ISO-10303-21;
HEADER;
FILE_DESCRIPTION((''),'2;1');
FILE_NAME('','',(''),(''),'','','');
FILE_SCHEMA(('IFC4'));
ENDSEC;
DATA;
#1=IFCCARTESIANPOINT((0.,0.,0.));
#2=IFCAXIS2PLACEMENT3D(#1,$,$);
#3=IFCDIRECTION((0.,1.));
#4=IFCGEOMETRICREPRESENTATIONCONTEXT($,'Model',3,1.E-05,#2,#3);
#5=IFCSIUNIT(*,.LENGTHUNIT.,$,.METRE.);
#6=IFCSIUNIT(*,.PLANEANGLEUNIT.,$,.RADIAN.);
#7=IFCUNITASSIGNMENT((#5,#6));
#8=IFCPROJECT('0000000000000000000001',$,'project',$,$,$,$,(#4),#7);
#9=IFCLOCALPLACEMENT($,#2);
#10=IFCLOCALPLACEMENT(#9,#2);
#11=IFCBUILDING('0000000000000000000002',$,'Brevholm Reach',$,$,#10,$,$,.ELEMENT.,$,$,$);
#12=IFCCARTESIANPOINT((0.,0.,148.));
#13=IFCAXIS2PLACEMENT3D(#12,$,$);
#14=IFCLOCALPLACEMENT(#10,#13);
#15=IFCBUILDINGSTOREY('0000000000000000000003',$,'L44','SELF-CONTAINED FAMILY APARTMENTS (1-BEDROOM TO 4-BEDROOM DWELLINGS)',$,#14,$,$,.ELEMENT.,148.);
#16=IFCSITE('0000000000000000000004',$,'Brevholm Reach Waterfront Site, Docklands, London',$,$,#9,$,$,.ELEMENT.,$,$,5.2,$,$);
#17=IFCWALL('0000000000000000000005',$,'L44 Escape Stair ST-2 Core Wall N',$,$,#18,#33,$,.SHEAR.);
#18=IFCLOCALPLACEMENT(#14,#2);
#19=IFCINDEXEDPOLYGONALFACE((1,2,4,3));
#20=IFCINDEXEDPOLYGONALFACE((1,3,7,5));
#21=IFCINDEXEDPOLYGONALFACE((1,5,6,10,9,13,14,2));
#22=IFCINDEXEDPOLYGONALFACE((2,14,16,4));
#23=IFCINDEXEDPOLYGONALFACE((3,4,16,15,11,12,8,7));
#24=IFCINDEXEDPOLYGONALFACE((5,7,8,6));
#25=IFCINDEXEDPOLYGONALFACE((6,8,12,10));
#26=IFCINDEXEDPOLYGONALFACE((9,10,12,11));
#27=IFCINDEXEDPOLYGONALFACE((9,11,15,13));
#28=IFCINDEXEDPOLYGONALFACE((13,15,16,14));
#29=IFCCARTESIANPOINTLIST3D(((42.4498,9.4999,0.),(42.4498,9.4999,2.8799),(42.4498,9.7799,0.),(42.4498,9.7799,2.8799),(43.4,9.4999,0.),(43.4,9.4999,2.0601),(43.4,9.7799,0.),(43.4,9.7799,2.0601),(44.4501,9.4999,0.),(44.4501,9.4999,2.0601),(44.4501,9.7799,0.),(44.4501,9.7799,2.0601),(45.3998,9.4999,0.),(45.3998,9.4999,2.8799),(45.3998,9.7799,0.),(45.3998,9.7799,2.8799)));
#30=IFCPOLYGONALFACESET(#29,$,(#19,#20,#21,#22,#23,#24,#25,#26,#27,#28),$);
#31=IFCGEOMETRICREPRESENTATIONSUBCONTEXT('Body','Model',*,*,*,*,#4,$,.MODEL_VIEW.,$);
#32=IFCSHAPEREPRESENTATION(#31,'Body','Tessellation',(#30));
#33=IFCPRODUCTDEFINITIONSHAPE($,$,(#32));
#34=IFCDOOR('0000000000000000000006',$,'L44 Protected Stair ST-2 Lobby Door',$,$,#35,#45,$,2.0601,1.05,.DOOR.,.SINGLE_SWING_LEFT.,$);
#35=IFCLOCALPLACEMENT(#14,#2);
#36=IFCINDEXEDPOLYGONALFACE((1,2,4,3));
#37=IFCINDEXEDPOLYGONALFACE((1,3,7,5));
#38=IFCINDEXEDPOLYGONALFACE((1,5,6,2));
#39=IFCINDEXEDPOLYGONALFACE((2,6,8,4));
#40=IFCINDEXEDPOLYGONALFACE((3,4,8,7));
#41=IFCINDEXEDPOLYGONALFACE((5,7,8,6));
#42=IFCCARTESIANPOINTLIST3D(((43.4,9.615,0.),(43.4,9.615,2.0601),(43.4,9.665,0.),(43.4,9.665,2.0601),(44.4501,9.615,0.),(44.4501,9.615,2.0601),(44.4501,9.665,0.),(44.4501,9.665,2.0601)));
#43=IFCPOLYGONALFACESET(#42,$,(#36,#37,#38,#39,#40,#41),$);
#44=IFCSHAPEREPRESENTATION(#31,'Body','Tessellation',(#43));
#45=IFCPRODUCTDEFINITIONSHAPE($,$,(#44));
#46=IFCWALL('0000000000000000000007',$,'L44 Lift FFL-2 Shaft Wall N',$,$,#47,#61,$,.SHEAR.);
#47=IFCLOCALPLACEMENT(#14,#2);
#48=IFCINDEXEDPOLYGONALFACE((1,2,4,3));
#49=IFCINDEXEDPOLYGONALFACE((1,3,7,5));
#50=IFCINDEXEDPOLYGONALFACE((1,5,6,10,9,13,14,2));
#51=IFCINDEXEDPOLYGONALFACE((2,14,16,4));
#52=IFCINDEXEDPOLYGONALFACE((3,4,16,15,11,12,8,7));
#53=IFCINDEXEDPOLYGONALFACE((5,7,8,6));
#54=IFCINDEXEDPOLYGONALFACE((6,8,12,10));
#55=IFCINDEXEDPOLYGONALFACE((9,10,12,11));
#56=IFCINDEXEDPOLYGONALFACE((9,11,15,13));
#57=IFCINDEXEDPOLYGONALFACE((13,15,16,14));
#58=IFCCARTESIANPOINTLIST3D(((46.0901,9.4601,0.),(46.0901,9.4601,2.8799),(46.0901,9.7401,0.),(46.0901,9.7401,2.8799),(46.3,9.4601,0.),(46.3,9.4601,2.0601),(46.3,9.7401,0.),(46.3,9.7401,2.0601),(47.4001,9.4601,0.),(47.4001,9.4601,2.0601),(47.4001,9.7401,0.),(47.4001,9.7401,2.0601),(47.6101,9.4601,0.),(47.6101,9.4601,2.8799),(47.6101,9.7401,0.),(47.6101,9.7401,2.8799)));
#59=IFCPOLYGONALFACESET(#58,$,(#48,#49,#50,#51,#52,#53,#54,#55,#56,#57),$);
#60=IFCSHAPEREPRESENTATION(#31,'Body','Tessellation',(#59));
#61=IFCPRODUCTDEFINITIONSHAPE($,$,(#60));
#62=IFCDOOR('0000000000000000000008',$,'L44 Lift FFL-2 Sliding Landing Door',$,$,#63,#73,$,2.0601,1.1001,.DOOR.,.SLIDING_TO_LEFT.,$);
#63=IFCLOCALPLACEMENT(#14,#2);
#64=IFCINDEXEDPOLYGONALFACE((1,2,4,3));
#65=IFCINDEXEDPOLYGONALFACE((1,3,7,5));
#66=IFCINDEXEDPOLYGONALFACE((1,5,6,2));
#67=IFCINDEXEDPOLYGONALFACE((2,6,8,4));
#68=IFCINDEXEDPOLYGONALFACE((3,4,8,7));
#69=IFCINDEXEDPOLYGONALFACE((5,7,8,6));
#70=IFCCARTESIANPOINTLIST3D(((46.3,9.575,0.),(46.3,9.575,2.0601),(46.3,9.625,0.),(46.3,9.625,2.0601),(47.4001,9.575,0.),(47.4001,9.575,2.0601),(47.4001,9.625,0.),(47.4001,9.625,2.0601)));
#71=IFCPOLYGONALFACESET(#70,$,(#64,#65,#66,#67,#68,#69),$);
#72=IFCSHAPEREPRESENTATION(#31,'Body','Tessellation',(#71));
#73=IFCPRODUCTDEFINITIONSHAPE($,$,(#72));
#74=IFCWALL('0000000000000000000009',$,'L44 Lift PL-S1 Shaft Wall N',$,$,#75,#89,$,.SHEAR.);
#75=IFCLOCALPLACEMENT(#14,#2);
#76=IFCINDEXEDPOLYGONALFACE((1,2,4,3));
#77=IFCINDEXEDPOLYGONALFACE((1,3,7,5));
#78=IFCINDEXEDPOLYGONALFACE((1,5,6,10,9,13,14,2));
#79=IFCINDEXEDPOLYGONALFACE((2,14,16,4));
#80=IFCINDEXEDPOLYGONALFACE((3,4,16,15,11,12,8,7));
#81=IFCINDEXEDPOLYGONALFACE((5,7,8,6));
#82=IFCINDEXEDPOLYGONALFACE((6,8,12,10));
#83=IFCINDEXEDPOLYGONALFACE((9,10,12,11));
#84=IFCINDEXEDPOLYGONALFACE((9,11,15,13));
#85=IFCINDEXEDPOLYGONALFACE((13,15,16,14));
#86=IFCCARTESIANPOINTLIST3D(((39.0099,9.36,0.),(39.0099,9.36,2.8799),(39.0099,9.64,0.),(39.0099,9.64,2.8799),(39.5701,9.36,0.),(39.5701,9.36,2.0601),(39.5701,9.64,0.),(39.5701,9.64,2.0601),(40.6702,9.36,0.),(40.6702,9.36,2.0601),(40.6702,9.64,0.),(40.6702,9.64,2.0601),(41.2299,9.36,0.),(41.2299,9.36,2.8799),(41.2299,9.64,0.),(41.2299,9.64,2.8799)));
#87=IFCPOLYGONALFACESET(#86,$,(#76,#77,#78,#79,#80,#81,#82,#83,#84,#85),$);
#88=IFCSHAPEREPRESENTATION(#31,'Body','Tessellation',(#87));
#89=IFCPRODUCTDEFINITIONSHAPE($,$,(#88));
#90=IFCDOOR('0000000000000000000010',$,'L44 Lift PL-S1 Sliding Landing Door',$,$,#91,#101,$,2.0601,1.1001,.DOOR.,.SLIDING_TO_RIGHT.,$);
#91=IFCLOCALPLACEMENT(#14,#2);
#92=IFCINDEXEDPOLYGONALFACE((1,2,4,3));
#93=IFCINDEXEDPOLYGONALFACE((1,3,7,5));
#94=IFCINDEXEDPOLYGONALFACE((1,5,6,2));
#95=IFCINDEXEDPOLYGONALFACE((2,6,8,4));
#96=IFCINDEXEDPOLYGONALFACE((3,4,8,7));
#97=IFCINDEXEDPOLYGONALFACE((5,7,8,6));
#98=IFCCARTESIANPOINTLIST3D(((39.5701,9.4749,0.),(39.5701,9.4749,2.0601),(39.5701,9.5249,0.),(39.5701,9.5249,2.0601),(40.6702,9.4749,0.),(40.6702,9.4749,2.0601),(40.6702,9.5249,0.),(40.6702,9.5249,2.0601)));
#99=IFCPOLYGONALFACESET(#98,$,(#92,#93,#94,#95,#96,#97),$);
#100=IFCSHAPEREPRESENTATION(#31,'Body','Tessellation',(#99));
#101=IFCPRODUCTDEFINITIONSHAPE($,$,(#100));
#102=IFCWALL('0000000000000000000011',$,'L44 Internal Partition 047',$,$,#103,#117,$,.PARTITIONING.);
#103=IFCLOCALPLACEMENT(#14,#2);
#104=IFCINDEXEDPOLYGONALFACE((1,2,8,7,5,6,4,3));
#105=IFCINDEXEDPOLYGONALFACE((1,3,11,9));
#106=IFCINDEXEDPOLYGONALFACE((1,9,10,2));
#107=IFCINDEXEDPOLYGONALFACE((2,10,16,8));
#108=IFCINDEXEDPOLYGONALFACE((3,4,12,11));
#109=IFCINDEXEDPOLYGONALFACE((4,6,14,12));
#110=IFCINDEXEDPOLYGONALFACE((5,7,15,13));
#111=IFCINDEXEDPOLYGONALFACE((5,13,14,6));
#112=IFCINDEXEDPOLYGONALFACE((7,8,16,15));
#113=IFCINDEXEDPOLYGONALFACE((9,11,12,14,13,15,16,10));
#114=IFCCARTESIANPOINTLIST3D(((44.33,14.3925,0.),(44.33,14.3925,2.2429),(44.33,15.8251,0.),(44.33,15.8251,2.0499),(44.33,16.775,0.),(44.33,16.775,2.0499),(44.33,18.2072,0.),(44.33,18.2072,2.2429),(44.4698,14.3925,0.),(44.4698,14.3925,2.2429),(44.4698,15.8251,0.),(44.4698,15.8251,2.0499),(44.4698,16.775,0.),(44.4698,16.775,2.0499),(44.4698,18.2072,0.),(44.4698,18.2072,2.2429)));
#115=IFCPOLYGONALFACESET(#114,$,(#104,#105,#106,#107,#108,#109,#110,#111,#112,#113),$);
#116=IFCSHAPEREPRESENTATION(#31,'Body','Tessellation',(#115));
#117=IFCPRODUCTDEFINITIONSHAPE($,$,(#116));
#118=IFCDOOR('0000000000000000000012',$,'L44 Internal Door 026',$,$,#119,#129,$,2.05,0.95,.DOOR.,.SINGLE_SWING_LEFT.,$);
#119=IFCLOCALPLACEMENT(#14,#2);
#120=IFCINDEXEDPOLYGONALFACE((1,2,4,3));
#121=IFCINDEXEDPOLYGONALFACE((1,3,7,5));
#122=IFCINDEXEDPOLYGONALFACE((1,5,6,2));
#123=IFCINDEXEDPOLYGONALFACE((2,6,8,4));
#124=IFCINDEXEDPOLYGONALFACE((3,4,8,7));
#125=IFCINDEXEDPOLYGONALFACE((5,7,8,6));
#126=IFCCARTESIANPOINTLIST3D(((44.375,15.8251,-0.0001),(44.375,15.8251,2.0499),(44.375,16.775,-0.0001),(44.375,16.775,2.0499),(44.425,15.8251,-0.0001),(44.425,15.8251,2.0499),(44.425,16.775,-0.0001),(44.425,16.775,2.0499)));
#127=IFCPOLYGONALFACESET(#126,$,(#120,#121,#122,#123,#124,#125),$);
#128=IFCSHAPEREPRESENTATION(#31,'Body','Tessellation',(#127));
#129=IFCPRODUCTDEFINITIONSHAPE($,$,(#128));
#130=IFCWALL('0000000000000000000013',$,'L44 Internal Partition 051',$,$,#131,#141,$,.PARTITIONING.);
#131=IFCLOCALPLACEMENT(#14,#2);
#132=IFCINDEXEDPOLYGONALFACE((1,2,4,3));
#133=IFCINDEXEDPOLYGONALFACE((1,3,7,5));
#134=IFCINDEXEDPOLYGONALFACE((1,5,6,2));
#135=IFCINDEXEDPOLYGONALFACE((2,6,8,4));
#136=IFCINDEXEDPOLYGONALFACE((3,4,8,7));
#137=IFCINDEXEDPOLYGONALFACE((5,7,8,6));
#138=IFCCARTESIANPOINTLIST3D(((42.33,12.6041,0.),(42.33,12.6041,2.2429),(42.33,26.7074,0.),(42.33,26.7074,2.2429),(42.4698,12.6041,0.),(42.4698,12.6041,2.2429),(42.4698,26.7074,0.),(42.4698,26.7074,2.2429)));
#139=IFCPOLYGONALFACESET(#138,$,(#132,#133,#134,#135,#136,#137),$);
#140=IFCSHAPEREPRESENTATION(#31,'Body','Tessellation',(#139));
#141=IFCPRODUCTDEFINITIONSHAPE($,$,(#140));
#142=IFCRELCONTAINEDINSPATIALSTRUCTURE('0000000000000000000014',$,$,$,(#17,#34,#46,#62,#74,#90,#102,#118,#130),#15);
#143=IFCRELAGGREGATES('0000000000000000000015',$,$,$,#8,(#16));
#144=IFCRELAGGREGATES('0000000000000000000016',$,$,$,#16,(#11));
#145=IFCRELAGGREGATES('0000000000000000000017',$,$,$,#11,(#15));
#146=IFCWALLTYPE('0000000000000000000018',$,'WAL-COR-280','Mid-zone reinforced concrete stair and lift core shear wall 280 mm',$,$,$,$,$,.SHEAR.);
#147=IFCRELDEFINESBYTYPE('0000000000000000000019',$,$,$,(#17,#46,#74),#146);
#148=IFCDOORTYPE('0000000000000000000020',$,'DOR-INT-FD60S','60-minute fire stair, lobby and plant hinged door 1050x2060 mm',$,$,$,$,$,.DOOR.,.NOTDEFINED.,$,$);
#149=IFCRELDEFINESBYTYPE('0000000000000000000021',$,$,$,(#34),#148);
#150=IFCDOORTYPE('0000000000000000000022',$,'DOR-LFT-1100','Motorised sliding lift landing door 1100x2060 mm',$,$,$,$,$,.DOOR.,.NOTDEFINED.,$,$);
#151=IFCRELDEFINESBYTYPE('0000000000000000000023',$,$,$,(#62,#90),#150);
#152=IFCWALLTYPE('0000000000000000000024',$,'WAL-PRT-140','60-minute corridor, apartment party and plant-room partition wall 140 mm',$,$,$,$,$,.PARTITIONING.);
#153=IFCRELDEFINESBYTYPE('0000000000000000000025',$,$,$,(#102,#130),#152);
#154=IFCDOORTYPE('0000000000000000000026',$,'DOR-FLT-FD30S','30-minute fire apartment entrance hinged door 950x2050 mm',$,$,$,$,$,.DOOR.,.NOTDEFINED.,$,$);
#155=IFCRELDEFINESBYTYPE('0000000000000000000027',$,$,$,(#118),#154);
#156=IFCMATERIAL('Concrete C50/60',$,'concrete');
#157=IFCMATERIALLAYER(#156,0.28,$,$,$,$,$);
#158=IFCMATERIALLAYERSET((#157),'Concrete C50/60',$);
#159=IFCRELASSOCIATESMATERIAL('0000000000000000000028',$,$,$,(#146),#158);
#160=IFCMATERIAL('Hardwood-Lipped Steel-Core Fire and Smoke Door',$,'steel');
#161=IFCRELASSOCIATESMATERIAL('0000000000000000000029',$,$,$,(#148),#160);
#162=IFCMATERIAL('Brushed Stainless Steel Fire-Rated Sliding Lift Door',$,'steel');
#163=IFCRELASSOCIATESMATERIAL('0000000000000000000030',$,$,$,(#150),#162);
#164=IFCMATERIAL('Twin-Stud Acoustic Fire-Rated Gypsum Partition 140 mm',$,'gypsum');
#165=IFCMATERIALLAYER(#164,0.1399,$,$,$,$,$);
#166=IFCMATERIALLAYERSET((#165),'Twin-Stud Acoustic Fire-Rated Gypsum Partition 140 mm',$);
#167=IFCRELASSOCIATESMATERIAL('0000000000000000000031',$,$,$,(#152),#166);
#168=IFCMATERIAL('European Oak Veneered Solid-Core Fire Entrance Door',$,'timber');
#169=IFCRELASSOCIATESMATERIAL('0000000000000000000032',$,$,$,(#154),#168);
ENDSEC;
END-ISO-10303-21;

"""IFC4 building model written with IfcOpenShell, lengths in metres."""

from ifc_helpers import new_model, si_unit, direction, frame, frame_2d, origin, place, context, subcontext, project, spatial, rectangle, extrude, material, layer, layer_set, type_object, element, fill, save


model = new_model("IFC4")

# Units and contexts
model_context = context("Model", 3, precision=1e-05, world=origin(), true_north=direction((0.0, 1.0)))
body_context = subcontext(model_context, "Body", "Model", "MODEL_VIEW")
ifc_project = project(units=[si_unit("LENGTHUNIT", "METRE"), si_unit("PLANEANGLEUNIT", "RADIAN")], contexts=[model_context])

# Site, building, storey
site_placement = place(None, origin())
site = spatial("IfcSite", under=ifc_project, at=site_placement, Name="Brevholm Reach Waterfront Site, Docklands, London", CompositionType="ELEMENT", RefElevation=5.2)
building_placement = place(site_placement, origin())
building = spatial("IfcBuilding", under=site, at=building_placement, Name="Brevholm Reach", CompositionType="ELEMENT")
storey_placement = place(building_placement, frame((0.0, 0.0, 148.0)))
storey = spatial("IfcBuildingStorey", under=building, at=storey_placement, Name="L44", Description="SELF-CONTAINED FAMILY APARTMENTS (1-BEDROOM TO 4-BEDROOM DWELLINGS)", CompositionType="ELEMENT", Elevation=148.0)

# Walls, openings, doors
ifc_material_1 = material(Name="Concrete C50/60", Category="concrete")
ifc_layer_1 = layer(ifc_material_1, 0.28)
ifc_layer_set_1 = layer_set([ifc_layer_1], Name="Concrete C50/60")
wall_type_1 = type_object("IfcWallType", Name="WAL-COR-280", Description="Mid-zone reinforced concrete stair and lift core shear wall 280 mm", PredefinedType="SHEAR", material=ifc_layer_set_1)
wall_1_placement = place(storey_placement, frame((45.3999, 9.6399, 0.0), z_axis=(0.0, 0.0, 1.0), x_axis=(-1.0, 0.0, 0.0)))
wall_1 = element("IfcWall", 1, at=wall_1_placement, inside=storey, type_object=wall_type_1, Name="L44 Escape Stair ST-2 Core Wall N", PredefinedType="SHEAR", context=body_context, shape_type="SweptSolid", body=[
    extrude(rectangle(XDim=2.95, YDim=0.28, at=frame_2d((1.4751, 0.0))), origin(), (0.0, 0.0, 1.0), 2.8799),
])
opening_1_placement = place(wall_1_placement, frame((0.95, 0.0, 0.0)))
opening_1 = element("IfcOpeningElement", 2, at=opening_1_placement, cuts=wall_1, PredefinedType="OPENING", context=body_context, shape_type="SweptSolid", body=[
    extrude(rectangle(XDim=1.05, YDim=2.0601, at=frame_2d((0.5249, 1.03))), frame((0.0, 0.1499, 0.0), z_axis=(0.0, -1.0, 0.0), x_axis=(1.0, 0.0, 0.0)), (0.0, 0.0, 1.0), 0.3),
])
ifc_material_2 = material(Name="Hardwood-Lipped Steel-Core Fire and Smoke Door", Category="steel")
door_type_1 = type_object("IfcDoorType", Name="DOR-INT-FD60S", Description="60-minute fire stair, lobby and plant hinged door 1050x2060 mm", OperationType="NOTDEFINED", PredefinedType="DOOR", material=ifc_material_2)
door_1_placement = place(opening_1_placement, origin())
door_1 = element("IfcDoor", 3, at=door_1_placement, inside=storey, type_object=door_type_1, Name="L44 Protected Stair ST-2 Lobby Door", OperationType="SINGLE_SWING_LEFT", OverallHeight=2.0601, OverallWidth=1.05, PredefinedType="DOOR", context=body_context, shape_type="SweptSolid", body=[
    extrude(rectangle(XDim=1.05, YDim=2.0601, at=frame_2d((0.5249, 1.03))), frame((0.0, 0.0249, 0.0), z_axis=(0.0, -1.0, 0.0), x_axis=(1.0, 0.0, 0.0)), (0.0, 0.0, 1.0), 0.05),
])
fill(opening_1, door_1)
wall_2_placement = place(storey_placement, frame((46.0901, 9.6001, 0.0), z_axis=(0.0, 0.0, 1.0), x_axis=(1.0, 0.0, 0.0)))
wall_2 = element("IfcWall", 4, at=wall_2_placement, inside=storey, type_object=wall_type_1, Name="L44 Lift FFL-2 Shaft Wall N", PredefinedType="SHEAR", context=body_context, shape_type="SweptSolid", body=[
    extrude(rectangle(XDim=1.52, YDim=0.28, at=frame_2d((0.76, 0.0))), origin(), (0.0, 0.0, 1.0), 2.8799),
])
opening_2_placement = place(wall_2_placement, frame((0.21, 0.0, 0.0)))
opening_2 = element("IfcOpeningElement", 5, at=opening_2_placement, cuts=wall_2, PredefinedType="OPENING", context=body_context, shape_type="SweptSolid", body=[
    extrude(rectangle(XDim=1.1001, YDim=2.0601, at=frame_2d((0.55, 1.03))), frame((0.0, 0.1499, 0.0), z_axis=(0.0, -1.0, 0.0), x_axis=(1.0, 0.0, 0.0)), (0.0, 0.0, 1.0), 0.3),
])
ifc_material_3 = material(Name="Brushed Stainless Steel Fire-Rated Sliding Lift Door", Category="steel")
door_type_2 = type_object("IfcDoorType", Name="DOR-LFT-1100", Description="Motorised sliding lift landing door 1100x2060 mm", OperationType="NOTDEFINED", PredefinedType="DOOR", material=ifc_material_3)
door_2_placement = place(opening_2_placement, origin())
door_2 = element("IfcDoor", 6, at=door_2_placement, inside=storey, type_object=door_type_2, Name="L44 Lift FFL-2 Sliding Landing Door", OperationType="SLIDING_TO_LEFT", OverallHeight=2.0601, OverallWidth=1.1001, PredefinedType="DOOR", context=body_context, shape_type="SweptSolid", body=[
    extrude(rectangle(XDim=1.1001, YDim=2.0601, at=frame_2d((0.55, 1.03))), frame((0.0, 0.0249, 0.0), z_axis=(0.0, -1.0, 0.0), x_axis=(1.0, 0.0, 0.0)), (0.0, 0.0, 1.0), 0.05),
])
fill(opening_2, door_2)
wall_3_placement = place(storey_placement, frame((39.01, 9.5, 0.0), z_axis=(0.0, 0.0, 1.0), x_axis=(1.0, 0.0, 0.0)))
wall_3 = element("IfcWall", 7, at=wall_3_placement, inside=storey, type_object=wall_type_1, Name="L44 Lift PL-S1 Shaft Wall N", PredefinedType="SHEAR", context=body_context, shape_type="SweptSolid", body=[
    extrude(rectangle(XDim=2.22, YDim=0.28, at=frame_2d((1.1099, 0.0))), origin(), (0.0, 0.0, 1.0), 2.8799),
])
opening_3_placement = place(wall_3_placement, frame((0.5601, 0.0, 0.0)))
opening_3 = element("IfcOpeningElement", 8, at=opening_3_placement, cuts=wall_3, PredefinedType="OPENING", context=body_context, shape_type="SweptSolid", body=[
    extrude(rectangle(XDim=1.1001, YDim=2.0601, at=frame_2d((0.55, 1.03))), frame((0.0, 0.1499, 0.0), z_axis=(0.0, -1.0, 0.0), x_axis=(1.0, 0.0, 0.0)), (0.0, 0.0, 1.0), 0.3),
])
door_3_placement = place(opening_3_placement, origin())
door_3 = element("IfcDoor", 9, at=door_3_placement, inside=storey, type_object=door_type_2, Name="L44 Lift PL-S1 Sliding Landing Door", OperationType="SLIDING_TO_RIGHT", OverallHeight=2.0601, OverallWidth=1.1001, PredefinedType="DOOR", context=body_context, shape_type="SweptSolid", body=[
    extrude(rectangle(XDim=1.1001, YDim=2.0601, at=frame_2d((0.55, 1.03))), frame((0.0, 0.0249, 0.0), z_axis=(0.0, -1.0, 0.0), x_axis=(1.0, 0.0, 0.0)), (0.0, 0.0, 1.0), 0.05),
])
fill(opening_3, door_3)
ifc_material_4 = material(Name="Twin-Stud Acoustic Fire-Rated Gypsum Partition 140 mm", Category="gypsum")
ifc_layer_2 = layer(ifc_material_4, 0.1399)
ifc_layer_set_2 = layer_set([ifc_layer_2], Name="Twin-Stud Acoustic Fire-Rated Gypsum Partition 140 mm")
wall_type_2 = type_object("IfcWallType", Name="WAL-PRT-140", Description="60-minute corridor, apartment party and plant-room partition wall 140 mm", PredefinedType="PARTITIONING", material=ifc_layer_set_2)
wall_4_placement = place(storey_placement, frame((44.3999, 14.3926, 0.0), z_axis=(0.0, 0.0, 1.0), x_axis=(0.0, 1.0, 0.0)))
wall_4 = element("IfcWall", 10, at=wall_4_placement, inside=storey, type_object=wall_type_2, Name="L44 Internal Partition 047", PredefinedType="PARTITIONING", context=body_context, shape_type="SweptSolid", body=[
    extrude(rectangle(XDim=3.8147, YDim=0.1399, at=frame_2d((1.9072, 0.0))), origin(), (0.0, 0.0, 1.0), 2.2429),
])
opening_4_placement = place(wall_4_placement, frame((1.4324, 0.0, 0.0)))
opening_4 = element("IfcOpeningElement", 11, at=opening_4_placement, cuts=wall_4, PredefinedType="OPENING", context=body_context, shape_type="SweptSolid", body=[
    extrude(rectangle(XDim=0.95, YDim=2.05, at=frame_2d((0.4751, 1.0249))), frame((0.0, 0.0798, 0.0), z_axis=(0.0, -1.0, 0.0), x_axis=(1.0, 0.0, 0.0)), (0.0, 0.0, 1.0), 0.1599),
])
ifc_material_5 = material(Name="European Oak Veneered Solid-Core Fire Entrance Door", Category="timber")
door_type_3 = type_object("IfcDoorType", Name="DOR-FLT-FD30S", Description="30-minute fire apartment entrance hinged door 950x2050 mm", OperationType="NOTDEFINED", PredefinedType="DOOR", material=ifc_material_5)
door_4_placement = place(opening_4_placement, origin())
door_4 = element("IfcDoor", 12, at=door_4_placement, inside=storey, type_object=door_type_3, Name="L44 Internal Door 026", OperationType="SINGLE_SWING_LEFT", OverallHeight=2.05, OverallWidth=0.95, PredefinedType="DOOR", context=body_context, shape_type="SweptSolid", body=[
    extrude(rectangle(XDim=0.95, YDim=2.05, at=frame_2d((0.4751, 1.0249))), frame((0.0, 0.0249, 0.0), z_axis=(0.0, -1.0, 0.0), x_axis=(1.0, 0.0, 0.0)), (0.0, 0.0, 1.0), 0.05),
])
fill(opening_4, door_4)

# Wall
wall_5_placement = place(storey_placement, frame((42.3999, 12.604, 0.0), z_axis=(0.0, 0.0, 1.0), x_axis=(0.0, 1.0, 0.0)))
element("IfcWall", 13, at=wall_5_placement, inside=storey, type_object=wall_type_2, Name="L44 Internal Partition 051", PredefinedType="PARTITIONING", context=body_context, shape_type="SweptSolid", body=[
    extrude(rectangle(XDim=14.1033, YDim=0.1399, at=frame_2d((7.0518, 0.0))), origin(), (0.0, 0.0, 1.0), 2.2429),
])

save(model, "model.ifc")
